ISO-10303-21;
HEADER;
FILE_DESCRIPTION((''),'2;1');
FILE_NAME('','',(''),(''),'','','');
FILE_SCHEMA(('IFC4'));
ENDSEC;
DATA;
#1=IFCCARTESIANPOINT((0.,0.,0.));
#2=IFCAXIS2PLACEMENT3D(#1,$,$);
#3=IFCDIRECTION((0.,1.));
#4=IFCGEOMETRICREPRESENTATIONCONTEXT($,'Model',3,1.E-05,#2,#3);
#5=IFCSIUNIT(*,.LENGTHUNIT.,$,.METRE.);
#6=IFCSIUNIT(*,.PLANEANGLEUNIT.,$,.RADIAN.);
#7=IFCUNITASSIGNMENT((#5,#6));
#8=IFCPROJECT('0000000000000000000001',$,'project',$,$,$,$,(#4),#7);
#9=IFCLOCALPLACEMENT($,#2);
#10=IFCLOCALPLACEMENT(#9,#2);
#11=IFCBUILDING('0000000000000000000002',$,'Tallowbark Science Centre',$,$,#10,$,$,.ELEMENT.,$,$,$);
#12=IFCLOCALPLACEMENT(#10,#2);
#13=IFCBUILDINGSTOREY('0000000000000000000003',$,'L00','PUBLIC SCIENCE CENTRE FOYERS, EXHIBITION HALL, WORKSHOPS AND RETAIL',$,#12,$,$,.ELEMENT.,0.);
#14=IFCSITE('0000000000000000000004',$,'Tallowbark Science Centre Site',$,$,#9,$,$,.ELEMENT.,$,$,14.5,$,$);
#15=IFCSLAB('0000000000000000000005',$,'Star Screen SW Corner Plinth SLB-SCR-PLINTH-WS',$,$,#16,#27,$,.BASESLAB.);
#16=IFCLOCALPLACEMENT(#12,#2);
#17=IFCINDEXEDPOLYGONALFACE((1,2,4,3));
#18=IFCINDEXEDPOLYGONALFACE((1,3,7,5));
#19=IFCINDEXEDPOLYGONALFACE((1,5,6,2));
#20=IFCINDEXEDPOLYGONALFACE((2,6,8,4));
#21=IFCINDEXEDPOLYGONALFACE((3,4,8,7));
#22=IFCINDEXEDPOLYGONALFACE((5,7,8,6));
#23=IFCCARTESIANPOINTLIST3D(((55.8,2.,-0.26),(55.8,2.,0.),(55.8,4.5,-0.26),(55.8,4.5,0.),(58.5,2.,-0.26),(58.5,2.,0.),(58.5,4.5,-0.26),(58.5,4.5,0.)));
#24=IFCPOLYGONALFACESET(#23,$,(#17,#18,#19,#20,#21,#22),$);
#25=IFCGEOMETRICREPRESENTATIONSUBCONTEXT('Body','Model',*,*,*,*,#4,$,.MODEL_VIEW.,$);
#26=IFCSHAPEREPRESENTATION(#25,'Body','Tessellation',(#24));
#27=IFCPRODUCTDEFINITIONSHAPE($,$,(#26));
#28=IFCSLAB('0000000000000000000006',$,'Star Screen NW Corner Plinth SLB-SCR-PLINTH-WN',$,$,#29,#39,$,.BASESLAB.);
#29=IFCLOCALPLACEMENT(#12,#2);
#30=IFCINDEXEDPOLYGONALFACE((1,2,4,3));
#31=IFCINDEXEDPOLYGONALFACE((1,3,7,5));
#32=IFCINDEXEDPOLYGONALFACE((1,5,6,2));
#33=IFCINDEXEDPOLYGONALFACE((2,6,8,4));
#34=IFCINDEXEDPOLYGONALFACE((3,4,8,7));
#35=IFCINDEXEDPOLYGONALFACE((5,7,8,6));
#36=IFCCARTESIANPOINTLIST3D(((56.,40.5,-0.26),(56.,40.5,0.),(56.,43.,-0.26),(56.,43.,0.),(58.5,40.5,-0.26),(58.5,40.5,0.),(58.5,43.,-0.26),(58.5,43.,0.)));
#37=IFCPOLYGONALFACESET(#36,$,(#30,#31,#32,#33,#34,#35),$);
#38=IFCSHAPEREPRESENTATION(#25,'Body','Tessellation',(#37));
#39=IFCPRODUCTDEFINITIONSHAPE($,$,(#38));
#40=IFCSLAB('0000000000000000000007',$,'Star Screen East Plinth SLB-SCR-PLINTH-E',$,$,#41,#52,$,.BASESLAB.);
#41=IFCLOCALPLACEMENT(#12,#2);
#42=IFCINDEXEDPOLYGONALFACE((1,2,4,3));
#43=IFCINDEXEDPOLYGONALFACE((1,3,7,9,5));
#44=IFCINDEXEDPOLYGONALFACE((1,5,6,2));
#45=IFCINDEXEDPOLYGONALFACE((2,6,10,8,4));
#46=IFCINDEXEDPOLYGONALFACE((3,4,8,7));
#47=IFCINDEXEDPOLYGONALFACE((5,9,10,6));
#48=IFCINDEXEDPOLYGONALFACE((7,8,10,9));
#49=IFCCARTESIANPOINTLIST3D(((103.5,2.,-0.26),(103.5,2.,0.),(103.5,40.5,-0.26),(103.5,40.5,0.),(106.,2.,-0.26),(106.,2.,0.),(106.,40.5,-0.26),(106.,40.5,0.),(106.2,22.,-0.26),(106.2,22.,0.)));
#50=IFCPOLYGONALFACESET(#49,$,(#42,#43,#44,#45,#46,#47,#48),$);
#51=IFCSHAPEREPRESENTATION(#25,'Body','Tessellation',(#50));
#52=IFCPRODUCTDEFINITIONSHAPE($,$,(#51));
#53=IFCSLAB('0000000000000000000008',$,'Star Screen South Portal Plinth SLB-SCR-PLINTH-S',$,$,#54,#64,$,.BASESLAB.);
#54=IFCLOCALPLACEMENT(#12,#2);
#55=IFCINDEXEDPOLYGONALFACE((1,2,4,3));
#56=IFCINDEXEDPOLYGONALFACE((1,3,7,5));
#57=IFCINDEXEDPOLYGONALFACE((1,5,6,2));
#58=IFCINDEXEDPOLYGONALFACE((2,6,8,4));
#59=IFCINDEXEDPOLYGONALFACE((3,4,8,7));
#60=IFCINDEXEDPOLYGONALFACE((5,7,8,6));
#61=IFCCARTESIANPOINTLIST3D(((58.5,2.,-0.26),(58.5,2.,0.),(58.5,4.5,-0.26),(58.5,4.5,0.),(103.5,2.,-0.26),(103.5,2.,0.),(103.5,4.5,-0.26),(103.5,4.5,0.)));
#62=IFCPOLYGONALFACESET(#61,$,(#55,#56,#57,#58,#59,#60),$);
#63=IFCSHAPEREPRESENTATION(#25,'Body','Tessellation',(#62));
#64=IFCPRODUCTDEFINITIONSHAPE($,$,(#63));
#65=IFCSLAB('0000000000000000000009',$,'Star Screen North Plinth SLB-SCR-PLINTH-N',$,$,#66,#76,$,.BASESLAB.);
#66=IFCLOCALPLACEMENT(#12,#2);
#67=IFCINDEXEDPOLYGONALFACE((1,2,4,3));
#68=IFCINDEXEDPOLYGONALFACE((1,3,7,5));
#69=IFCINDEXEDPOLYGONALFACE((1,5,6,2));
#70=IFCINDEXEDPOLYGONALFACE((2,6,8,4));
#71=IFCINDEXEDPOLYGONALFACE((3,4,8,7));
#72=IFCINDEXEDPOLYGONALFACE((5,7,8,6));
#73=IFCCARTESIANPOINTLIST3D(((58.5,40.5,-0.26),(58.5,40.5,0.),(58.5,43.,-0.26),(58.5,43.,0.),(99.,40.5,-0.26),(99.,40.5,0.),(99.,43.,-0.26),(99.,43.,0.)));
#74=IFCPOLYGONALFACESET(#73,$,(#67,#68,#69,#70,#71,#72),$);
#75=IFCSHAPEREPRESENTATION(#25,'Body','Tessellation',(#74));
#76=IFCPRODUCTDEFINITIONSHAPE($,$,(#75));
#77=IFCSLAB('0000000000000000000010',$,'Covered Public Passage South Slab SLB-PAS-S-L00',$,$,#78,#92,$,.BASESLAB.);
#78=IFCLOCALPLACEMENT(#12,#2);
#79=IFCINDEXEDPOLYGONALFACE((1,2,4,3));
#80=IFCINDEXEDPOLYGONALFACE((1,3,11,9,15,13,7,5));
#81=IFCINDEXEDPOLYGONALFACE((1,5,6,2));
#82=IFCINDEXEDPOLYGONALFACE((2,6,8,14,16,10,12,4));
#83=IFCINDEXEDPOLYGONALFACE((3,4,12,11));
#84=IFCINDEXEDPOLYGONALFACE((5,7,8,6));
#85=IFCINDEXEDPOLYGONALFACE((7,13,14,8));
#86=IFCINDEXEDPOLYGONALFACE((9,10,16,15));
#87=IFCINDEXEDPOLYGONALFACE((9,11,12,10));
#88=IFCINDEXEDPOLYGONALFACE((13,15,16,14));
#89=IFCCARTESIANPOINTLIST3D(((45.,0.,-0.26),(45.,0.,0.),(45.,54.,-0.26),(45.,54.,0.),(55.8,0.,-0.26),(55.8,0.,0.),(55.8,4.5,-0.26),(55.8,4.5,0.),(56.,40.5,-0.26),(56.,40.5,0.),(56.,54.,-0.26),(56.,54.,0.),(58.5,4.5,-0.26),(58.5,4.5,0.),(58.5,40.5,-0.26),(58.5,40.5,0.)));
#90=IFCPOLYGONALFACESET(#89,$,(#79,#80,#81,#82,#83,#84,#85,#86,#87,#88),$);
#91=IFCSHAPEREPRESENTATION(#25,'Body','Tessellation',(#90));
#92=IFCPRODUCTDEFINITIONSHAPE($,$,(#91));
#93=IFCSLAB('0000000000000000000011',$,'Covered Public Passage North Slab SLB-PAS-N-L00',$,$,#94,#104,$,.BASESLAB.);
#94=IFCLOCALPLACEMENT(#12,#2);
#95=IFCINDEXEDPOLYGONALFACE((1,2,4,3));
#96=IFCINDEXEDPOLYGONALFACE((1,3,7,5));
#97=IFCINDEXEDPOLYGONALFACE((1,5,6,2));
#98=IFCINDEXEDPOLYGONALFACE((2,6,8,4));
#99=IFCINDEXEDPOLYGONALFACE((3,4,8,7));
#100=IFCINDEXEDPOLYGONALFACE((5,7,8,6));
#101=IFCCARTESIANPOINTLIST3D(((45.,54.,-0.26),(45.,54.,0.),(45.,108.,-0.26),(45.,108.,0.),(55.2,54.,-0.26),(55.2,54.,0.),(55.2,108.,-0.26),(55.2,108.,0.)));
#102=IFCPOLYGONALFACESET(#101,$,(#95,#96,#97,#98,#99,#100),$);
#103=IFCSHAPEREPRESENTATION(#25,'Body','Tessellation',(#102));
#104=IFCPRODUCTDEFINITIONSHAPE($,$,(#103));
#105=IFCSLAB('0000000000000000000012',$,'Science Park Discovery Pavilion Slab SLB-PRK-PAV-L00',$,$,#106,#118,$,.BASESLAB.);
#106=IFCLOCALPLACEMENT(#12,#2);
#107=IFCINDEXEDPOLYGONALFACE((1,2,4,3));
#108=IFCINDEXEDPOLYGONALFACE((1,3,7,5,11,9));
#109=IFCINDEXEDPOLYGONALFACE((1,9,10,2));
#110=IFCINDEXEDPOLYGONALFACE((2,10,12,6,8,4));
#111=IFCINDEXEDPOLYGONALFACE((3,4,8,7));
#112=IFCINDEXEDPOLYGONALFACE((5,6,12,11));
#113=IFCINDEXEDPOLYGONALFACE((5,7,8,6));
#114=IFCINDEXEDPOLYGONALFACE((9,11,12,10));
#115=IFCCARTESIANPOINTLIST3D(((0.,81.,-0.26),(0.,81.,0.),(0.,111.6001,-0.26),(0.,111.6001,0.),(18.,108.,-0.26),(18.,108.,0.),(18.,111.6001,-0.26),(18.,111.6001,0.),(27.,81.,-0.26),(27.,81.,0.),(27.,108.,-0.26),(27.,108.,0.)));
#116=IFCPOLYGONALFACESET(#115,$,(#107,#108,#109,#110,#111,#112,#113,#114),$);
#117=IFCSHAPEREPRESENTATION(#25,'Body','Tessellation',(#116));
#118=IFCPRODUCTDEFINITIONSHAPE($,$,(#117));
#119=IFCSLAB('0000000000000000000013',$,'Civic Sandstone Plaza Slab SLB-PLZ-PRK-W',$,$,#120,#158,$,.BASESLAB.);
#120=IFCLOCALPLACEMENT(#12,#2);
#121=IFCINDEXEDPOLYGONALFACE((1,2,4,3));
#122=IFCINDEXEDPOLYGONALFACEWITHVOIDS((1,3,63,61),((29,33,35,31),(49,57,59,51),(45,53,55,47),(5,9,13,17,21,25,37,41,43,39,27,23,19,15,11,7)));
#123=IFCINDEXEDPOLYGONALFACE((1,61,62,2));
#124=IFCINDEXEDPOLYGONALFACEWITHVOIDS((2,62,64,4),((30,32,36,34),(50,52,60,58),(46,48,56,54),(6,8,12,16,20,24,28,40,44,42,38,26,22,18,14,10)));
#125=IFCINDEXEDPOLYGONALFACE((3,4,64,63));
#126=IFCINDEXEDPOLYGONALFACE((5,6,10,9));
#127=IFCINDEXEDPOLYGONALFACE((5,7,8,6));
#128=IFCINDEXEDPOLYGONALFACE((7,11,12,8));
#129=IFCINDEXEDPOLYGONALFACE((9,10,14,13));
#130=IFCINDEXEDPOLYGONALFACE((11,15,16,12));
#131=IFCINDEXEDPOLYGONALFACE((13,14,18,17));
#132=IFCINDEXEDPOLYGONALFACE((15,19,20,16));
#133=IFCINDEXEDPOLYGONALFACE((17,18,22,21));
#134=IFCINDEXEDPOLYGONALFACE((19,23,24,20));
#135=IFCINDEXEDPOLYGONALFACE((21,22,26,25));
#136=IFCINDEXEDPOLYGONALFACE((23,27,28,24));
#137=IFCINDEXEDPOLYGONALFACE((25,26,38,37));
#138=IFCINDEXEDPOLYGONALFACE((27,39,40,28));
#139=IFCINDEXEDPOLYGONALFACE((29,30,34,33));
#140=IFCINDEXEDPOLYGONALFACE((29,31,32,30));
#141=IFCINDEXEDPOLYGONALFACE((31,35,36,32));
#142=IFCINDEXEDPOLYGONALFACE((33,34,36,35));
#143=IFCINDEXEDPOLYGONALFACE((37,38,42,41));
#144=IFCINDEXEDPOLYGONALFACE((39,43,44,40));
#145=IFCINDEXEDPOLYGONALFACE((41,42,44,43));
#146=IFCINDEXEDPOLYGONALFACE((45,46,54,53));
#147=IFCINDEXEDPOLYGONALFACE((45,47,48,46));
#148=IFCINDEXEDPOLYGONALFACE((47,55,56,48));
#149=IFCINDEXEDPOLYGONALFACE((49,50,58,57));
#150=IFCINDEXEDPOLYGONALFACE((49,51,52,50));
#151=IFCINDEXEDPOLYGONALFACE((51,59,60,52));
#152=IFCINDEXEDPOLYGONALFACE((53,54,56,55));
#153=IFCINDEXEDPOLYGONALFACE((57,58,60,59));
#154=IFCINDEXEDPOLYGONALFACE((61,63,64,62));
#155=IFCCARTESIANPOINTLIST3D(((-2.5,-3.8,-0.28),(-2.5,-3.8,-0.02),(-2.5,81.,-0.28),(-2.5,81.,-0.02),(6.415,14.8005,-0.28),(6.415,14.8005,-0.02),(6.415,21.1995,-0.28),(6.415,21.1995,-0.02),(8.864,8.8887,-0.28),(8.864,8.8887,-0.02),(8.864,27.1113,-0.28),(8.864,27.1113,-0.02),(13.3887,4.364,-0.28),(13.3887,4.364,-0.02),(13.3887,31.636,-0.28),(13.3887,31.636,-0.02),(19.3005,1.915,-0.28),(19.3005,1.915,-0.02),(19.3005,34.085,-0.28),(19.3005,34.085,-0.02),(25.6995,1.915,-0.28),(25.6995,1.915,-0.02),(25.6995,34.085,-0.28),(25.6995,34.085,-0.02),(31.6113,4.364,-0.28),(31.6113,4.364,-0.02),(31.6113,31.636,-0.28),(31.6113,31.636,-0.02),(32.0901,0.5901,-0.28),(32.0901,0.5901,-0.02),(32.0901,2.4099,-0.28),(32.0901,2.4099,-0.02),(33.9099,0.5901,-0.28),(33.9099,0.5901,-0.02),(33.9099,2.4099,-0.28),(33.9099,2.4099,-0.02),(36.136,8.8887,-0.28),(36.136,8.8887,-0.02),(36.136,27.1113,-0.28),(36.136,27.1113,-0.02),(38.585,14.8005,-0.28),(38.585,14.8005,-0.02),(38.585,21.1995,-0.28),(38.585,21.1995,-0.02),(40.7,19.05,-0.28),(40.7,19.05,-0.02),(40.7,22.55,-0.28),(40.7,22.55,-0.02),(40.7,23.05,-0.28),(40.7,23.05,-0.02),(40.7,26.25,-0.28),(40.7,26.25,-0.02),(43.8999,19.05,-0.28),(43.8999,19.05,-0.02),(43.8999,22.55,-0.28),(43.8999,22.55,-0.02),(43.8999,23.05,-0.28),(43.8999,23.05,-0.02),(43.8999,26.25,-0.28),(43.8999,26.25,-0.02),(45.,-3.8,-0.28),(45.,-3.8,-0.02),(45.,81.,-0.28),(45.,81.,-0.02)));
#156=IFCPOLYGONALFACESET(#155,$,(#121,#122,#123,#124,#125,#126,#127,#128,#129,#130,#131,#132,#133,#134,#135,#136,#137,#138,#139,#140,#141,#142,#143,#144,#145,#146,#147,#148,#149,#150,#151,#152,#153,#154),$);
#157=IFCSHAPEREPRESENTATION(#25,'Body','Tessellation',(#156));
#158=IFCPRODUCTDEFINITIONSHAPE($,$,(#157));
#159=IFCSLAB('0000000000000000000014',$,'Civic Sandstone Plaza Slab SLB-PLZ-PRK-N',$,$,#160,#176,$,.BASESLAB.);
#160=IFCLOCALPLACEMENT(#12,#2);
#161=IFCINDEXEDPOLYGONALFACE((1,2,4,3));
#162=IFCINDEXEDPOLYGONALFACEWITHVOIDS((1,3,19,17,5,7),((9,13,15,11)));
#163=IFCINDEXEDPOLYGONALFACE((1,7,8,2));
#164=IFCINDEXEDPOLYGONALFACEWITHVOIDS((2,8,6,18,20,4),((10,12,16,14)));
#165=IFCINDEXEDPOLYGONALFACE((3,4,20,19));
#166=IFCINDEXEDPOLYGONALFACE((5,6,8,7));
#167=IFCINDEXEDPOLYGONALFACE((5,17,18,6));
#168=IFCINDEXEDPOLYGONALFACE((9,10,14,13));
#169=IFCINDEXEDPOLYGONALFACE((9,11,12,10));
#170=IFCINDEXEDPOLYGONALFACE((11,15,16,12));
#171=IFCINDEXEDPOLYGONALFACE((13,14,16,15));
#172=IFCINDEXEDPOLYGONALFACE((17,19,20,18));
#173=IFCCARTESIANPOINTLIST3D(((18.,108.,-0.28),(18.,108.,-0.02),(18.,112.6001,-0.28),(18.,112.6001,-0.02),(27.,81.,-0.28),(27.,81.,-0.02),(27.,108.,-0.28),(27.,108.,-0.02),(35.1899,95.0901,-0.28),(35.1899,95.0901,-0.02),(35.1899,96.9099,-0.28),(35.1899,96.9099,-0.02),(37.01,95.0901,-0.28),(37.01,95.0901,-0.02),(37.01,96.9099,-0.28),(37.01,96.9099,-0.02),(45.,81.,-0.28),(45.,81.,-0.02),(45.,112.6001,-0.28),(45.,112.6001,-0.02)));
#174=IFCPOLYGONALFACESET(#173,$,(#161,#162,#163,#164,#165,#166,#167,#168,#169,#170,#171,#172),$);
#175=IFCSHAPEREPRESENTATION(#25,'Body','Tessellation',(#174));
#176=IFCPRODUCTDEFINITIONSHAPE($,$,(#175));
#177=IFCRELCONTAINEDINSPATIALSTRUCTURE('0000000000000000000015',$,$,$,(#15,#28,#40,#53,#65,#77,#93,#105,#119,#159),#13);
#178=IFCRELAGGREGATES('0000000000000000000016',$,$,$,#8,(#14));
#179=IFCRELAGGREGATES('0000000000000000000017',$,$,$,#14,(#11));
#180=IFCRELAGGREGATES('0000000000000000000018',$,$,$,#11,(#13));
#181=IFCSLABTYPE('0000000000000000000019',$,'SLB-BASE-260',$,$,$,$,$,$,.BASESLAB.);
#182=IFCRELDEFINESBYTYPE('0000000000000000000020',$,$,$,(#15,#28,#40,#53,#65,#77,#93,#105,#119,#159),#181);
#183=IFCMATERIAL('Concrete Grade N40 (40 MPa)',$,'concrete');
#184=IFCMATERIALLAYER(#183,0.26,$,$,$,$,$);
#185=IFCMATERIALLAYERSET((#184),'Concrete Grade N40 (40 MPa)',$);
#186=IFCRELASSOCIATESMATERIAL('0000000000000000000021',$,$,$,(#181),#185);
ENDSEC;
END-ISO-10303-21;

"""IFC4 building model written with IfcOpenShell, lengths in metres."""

from ifc_helpers import new_model, si_unit, direction, frame, origin, place, context, subcontext, project, spatial, polyline, outline, extrude, material, layer, layer_set, type_object, element, save


model = new_model("IFC4")

# Units and contexts
model_context = context("Model", 3, precision=1e-05, world=origin(), true_north=direction((0.0, 1.0)))
body_context = subcontext(model_context, "Body", "Model", "MODEL_VIEW")
ifc_project = project(units=[si_unit("LENGTHUNIT", "METRE"), si_unit("PLANEANGLEUNIT", "RADIAN")], contexts=[model_context])

# Site, building, storey
site_placement = place(None, origin())
site = spatial("IfcSite", under=ifc_project, at=site_placement, Name="Tallowbark Science Centre Site", CompositionType="ELEMENT", RefElevation=14.5)
building_placement = place(site_placement, origin())
building = spatial("IfcBuilding", under=site, at=building_placement, Name="Tallowbark Science Centre", CompositionType="ELEMENT")
storey_placement = place(building_placement, origin())
storey = spatial("IfcBuildingStorey", under=building, at=storey_placement, Name="L00", Description="PUBLIC SCIENCE CENTRE FOYERS, EXHIBITION HALL, WORKSHOPS AND RETAIL", CompositionType="ELEMENT", Elevation=0.0)

# Slabs
ifc_material = material(Name="Concrete Grade N40 (40 MPa)", Category="concrete")
ifc_layer_1 = layer(ifc_material, 0.26)
ifc_layer_set_1 = layer_set([ifc_layer_1], Name="Concrete Grade N40 (40 MPa)")
slab_type_1 = type_object("IfcSlabType", Name="SLB-BASE-260", PredefinedType="BASESLAB", material=ifc_layer_set_1)
slab_1_placement = place(storey_placement, frame((0.0, 0.0, -0.26)))
element("IfcSlab", 1, at=slab_1_placement, inside=storey, type_object=slab_type_1, Name="Star Screen SW Corner Plinth SLB-SCR-PLINTH-WS", PredefinedType="BASESLAB", context=body_context, shape_type="SweptSolid", body=[
    extrude(outline(polyline([(55.8, 2.0), (58.5, 2.0), (58.5, 4.5), (55.8, 4.5), (55.8, 2.0)])), origin(), (0.0, 0.0, 1.0), 0.26),
])
slab_2_placement = place(storey_placement, frame((0.0, 0.0, -0.26)))
element("IfcSlab", 2, at=slab_2_placement, inside=storey, type_object=slab_type_1, Name="Star Screen NW Corner Plinth SLB-SCR-PLINTH-WN", PredefinedType="BASESLAB", context=body_context, shape_type="SweptSolid", body=[
    extrude(outline(polyline([(56.0, 40.5), (58.5, 40.5), (58.5, 43.0), (56.0, 43.0), (56.0, 40.5)])), origin(), (0.0, 0.0, 1.0), 0.26),
])
slab_3_placement = place(storey_placement, frame((0.0, 0.0, -0.26)))
element("IfcSlab", 3, at=slab_3_placement, inside=storey, type_object=slab_type_1, Name="Star Screen East Plinth SLB-SCR-PLINTH-E", PredefinedType="BASESLAB", context=body_context, shape_type="SweptSolid", body=[
    extrude(outline(polyline([(103.5, 2.0), (106.0, 2.0), (106.2, 22.0), (106.0, 40.5), (103.5, 40.5), (103.5, 2.0)])), origin(), (0.0, 0.0, 1.0), 0.26),
])
slab_4_placement = place(storey_placement, frame((0.0, 0.0, -0.26)))
element("IfcSlab", 4, at=slab_4_placement, inside=storey, type_object=slab_type_1, Name="Star Screen South Portal Plinth SLB-SCR-PLINTH-S", PredefinedType="BASESLAB", context=body_context, shape_type="SweptSolid", body=[
    extrude(outline(polyline([(58.5, 2.0), (103.5, 2.0), (103.5, 4.5), (58.5, 4.5), (58.5, 2.0)])), origin(), (0.0, 0.0, 1.0), 0.26),
])
slab_5_placement = place(storey_placement, frame((0.0, 0.0, -0.26)))
element("IfcSlab", 5, at=slab_5_placement, inside=storey, type_object=slab_type_1, Name="Star Screen North Plinth SLB-SCR-PLINTH-N", PredefinedType="BASESLAB", context=body_context, shape_type="SweptSolid", body=[
    extrude(outline(polyline([(58.5, 40.5), (99.0, 40.5), (99.0, 43.0), (58.5, 43.0), (58.5, 40.5)])), origin(), (0.0, 0.0, 1.0), 0.26),
])
slab_6_placement = place(storey_placement, frame((0.0, 0.0, -0.26)))
element("IfcSlab", 6, at=slab_6_placement, inside=storey, type_object=slab_type_1, Name="Covered Public Passage South Slab SLB-PAS-S-L00", PredefinedType="BASESLAB", context=body_context, shape_type="SweptSolid", body=[
    extrude(outline(polyline([(45.0, 0.0), (55.8, 0.0), (55.8, 4.5), (58.5, 4.5), (58.5, 40.5), (56.0, 40.5), (56.0, 54.0), (45.0, 54.0), (45.0, 0.0)])), origin(), (0.0, 0.0, 1.0), 0.26),
])
slab_7_placement = place(storey_placement, frame((0.0, 0.0, -0.26)))
element("IfcSlab", 7, at=slab_7_placement, inside=storey, type_object=slab_type_1, Name="Covered Public Passage North Slab SLB-PAS-N-L00", PredefinedType="BASESLAB", context=body_context, shape_type="SweptSolid", body=[
    extrude(outline(polyline([(45.0, 54.0), (55.2, 54.0), (55.2, 108.0), (45.0, 108.0), (45.0, 54.0)])), origin(), (0.0, 0.0, 1.0), 0.26),
])
slab_8_placement = place(storey_placement, frame((0.0, 0.0, -0.26)))
element("IfcSlab", 8, at=slab_8_placement, inside=storey, type_object=slab_type_1, Name="Science Park Discovery Pavilion Slab SLB-PRK-PAV-L00", PredefinedType="BASESLAB", context=body_context, shape_type="SweptSolid", body=[
    extrude(outline(polyline([(0.0, 81.0), (27.0, 81.0), (27.0, 108.0), (18.0, 108.0), (18.0, 111.6001), (0.0, 111.6001), (0.0, 81.0)])), origin(), (0.0, 0.0, 1.0), 0.26),
])
slab_9_placement = place(storey_placement, frame((0.0, 0.0, -0.28)))
element("IfcSlab", 9, at=slab_9_placement, inside=storey, type_object=slab_type_1, Name="Civic Sandstone Plaza Slab SLB-PLZ-PRK-W", PredefinedType="BASESLAB", context=body_context, shape_type="SweptSolid", body=[
    extrude(outline(polyline([(-2.5, 81.0), (45.0, 81.0), (45.0, -3.8), (-2.5, -3.8), (-2.5, 81.0)]), holes=[polyline([(36.136, 27.1113), (31.6113, 31.636), (25.6995, 34.085), (19.3005, 34.085), (13.3887, 31.636), (8.864, 27.1113), (6.415, 21.1995), (6.415, 14.8005), (8.864, 8.8887), (13.3887, 4.364), (19.3005, 1.915), (25.6995, 1.915), (31.6113, 4.364), (36.136, 8.8887), (38.585, 14.8005), (38.585, 21.1995), (36.136, 27.1113)]), polyline([(43.8999, 19.05), (43.8999, 22.55), (40.7, 22.55), (40.7, 19.05), (43.8999, 19.05)]), polyline([(43.8999, 23.05), (43.8999, 26.25), (40.7, 26.25), (40.7, 23.05), (43.8999, 23.05)]), polyline([(33.9099, 2.4099), (32.0901, 2.4099), (32.0901, 0.5901), (33.9099, 0.5901), (33.9099, 2.4099)])]), origin(), (0.0, 0.0, 1.0), 0.26),
])
slab_10_placement = place(storey_placement, frame((0.0, 0.0, -0.28)))
element("IfcSlab", 10, at=slab_10_placement, inside=storey, type_object=slab_type_1, Name="Civic Sandstone Plaza Slab SLB-PLZ-PRK-N", PredefinedType="BASESLAB", context=body_context, shape_type="SweptSolid", body=[
    extrude(outline(polyline([(27.0, 108.0), (18.0, 108.0), (18.0, 112.6001), (45.0, 112.6001), (45.0, 81.0), (27.0, 81.0), (27.0, 108.0)]), holes=[polyline([(37.01, 96.9099), (35.1899, 96.9099), (35.1899, 95.0901), (37.01, 95.0901), (37.01, 96.9099)])]), origin(), (0.0, 0.0, 1.0), 0.26),
])

save(model, "model.ifc")
